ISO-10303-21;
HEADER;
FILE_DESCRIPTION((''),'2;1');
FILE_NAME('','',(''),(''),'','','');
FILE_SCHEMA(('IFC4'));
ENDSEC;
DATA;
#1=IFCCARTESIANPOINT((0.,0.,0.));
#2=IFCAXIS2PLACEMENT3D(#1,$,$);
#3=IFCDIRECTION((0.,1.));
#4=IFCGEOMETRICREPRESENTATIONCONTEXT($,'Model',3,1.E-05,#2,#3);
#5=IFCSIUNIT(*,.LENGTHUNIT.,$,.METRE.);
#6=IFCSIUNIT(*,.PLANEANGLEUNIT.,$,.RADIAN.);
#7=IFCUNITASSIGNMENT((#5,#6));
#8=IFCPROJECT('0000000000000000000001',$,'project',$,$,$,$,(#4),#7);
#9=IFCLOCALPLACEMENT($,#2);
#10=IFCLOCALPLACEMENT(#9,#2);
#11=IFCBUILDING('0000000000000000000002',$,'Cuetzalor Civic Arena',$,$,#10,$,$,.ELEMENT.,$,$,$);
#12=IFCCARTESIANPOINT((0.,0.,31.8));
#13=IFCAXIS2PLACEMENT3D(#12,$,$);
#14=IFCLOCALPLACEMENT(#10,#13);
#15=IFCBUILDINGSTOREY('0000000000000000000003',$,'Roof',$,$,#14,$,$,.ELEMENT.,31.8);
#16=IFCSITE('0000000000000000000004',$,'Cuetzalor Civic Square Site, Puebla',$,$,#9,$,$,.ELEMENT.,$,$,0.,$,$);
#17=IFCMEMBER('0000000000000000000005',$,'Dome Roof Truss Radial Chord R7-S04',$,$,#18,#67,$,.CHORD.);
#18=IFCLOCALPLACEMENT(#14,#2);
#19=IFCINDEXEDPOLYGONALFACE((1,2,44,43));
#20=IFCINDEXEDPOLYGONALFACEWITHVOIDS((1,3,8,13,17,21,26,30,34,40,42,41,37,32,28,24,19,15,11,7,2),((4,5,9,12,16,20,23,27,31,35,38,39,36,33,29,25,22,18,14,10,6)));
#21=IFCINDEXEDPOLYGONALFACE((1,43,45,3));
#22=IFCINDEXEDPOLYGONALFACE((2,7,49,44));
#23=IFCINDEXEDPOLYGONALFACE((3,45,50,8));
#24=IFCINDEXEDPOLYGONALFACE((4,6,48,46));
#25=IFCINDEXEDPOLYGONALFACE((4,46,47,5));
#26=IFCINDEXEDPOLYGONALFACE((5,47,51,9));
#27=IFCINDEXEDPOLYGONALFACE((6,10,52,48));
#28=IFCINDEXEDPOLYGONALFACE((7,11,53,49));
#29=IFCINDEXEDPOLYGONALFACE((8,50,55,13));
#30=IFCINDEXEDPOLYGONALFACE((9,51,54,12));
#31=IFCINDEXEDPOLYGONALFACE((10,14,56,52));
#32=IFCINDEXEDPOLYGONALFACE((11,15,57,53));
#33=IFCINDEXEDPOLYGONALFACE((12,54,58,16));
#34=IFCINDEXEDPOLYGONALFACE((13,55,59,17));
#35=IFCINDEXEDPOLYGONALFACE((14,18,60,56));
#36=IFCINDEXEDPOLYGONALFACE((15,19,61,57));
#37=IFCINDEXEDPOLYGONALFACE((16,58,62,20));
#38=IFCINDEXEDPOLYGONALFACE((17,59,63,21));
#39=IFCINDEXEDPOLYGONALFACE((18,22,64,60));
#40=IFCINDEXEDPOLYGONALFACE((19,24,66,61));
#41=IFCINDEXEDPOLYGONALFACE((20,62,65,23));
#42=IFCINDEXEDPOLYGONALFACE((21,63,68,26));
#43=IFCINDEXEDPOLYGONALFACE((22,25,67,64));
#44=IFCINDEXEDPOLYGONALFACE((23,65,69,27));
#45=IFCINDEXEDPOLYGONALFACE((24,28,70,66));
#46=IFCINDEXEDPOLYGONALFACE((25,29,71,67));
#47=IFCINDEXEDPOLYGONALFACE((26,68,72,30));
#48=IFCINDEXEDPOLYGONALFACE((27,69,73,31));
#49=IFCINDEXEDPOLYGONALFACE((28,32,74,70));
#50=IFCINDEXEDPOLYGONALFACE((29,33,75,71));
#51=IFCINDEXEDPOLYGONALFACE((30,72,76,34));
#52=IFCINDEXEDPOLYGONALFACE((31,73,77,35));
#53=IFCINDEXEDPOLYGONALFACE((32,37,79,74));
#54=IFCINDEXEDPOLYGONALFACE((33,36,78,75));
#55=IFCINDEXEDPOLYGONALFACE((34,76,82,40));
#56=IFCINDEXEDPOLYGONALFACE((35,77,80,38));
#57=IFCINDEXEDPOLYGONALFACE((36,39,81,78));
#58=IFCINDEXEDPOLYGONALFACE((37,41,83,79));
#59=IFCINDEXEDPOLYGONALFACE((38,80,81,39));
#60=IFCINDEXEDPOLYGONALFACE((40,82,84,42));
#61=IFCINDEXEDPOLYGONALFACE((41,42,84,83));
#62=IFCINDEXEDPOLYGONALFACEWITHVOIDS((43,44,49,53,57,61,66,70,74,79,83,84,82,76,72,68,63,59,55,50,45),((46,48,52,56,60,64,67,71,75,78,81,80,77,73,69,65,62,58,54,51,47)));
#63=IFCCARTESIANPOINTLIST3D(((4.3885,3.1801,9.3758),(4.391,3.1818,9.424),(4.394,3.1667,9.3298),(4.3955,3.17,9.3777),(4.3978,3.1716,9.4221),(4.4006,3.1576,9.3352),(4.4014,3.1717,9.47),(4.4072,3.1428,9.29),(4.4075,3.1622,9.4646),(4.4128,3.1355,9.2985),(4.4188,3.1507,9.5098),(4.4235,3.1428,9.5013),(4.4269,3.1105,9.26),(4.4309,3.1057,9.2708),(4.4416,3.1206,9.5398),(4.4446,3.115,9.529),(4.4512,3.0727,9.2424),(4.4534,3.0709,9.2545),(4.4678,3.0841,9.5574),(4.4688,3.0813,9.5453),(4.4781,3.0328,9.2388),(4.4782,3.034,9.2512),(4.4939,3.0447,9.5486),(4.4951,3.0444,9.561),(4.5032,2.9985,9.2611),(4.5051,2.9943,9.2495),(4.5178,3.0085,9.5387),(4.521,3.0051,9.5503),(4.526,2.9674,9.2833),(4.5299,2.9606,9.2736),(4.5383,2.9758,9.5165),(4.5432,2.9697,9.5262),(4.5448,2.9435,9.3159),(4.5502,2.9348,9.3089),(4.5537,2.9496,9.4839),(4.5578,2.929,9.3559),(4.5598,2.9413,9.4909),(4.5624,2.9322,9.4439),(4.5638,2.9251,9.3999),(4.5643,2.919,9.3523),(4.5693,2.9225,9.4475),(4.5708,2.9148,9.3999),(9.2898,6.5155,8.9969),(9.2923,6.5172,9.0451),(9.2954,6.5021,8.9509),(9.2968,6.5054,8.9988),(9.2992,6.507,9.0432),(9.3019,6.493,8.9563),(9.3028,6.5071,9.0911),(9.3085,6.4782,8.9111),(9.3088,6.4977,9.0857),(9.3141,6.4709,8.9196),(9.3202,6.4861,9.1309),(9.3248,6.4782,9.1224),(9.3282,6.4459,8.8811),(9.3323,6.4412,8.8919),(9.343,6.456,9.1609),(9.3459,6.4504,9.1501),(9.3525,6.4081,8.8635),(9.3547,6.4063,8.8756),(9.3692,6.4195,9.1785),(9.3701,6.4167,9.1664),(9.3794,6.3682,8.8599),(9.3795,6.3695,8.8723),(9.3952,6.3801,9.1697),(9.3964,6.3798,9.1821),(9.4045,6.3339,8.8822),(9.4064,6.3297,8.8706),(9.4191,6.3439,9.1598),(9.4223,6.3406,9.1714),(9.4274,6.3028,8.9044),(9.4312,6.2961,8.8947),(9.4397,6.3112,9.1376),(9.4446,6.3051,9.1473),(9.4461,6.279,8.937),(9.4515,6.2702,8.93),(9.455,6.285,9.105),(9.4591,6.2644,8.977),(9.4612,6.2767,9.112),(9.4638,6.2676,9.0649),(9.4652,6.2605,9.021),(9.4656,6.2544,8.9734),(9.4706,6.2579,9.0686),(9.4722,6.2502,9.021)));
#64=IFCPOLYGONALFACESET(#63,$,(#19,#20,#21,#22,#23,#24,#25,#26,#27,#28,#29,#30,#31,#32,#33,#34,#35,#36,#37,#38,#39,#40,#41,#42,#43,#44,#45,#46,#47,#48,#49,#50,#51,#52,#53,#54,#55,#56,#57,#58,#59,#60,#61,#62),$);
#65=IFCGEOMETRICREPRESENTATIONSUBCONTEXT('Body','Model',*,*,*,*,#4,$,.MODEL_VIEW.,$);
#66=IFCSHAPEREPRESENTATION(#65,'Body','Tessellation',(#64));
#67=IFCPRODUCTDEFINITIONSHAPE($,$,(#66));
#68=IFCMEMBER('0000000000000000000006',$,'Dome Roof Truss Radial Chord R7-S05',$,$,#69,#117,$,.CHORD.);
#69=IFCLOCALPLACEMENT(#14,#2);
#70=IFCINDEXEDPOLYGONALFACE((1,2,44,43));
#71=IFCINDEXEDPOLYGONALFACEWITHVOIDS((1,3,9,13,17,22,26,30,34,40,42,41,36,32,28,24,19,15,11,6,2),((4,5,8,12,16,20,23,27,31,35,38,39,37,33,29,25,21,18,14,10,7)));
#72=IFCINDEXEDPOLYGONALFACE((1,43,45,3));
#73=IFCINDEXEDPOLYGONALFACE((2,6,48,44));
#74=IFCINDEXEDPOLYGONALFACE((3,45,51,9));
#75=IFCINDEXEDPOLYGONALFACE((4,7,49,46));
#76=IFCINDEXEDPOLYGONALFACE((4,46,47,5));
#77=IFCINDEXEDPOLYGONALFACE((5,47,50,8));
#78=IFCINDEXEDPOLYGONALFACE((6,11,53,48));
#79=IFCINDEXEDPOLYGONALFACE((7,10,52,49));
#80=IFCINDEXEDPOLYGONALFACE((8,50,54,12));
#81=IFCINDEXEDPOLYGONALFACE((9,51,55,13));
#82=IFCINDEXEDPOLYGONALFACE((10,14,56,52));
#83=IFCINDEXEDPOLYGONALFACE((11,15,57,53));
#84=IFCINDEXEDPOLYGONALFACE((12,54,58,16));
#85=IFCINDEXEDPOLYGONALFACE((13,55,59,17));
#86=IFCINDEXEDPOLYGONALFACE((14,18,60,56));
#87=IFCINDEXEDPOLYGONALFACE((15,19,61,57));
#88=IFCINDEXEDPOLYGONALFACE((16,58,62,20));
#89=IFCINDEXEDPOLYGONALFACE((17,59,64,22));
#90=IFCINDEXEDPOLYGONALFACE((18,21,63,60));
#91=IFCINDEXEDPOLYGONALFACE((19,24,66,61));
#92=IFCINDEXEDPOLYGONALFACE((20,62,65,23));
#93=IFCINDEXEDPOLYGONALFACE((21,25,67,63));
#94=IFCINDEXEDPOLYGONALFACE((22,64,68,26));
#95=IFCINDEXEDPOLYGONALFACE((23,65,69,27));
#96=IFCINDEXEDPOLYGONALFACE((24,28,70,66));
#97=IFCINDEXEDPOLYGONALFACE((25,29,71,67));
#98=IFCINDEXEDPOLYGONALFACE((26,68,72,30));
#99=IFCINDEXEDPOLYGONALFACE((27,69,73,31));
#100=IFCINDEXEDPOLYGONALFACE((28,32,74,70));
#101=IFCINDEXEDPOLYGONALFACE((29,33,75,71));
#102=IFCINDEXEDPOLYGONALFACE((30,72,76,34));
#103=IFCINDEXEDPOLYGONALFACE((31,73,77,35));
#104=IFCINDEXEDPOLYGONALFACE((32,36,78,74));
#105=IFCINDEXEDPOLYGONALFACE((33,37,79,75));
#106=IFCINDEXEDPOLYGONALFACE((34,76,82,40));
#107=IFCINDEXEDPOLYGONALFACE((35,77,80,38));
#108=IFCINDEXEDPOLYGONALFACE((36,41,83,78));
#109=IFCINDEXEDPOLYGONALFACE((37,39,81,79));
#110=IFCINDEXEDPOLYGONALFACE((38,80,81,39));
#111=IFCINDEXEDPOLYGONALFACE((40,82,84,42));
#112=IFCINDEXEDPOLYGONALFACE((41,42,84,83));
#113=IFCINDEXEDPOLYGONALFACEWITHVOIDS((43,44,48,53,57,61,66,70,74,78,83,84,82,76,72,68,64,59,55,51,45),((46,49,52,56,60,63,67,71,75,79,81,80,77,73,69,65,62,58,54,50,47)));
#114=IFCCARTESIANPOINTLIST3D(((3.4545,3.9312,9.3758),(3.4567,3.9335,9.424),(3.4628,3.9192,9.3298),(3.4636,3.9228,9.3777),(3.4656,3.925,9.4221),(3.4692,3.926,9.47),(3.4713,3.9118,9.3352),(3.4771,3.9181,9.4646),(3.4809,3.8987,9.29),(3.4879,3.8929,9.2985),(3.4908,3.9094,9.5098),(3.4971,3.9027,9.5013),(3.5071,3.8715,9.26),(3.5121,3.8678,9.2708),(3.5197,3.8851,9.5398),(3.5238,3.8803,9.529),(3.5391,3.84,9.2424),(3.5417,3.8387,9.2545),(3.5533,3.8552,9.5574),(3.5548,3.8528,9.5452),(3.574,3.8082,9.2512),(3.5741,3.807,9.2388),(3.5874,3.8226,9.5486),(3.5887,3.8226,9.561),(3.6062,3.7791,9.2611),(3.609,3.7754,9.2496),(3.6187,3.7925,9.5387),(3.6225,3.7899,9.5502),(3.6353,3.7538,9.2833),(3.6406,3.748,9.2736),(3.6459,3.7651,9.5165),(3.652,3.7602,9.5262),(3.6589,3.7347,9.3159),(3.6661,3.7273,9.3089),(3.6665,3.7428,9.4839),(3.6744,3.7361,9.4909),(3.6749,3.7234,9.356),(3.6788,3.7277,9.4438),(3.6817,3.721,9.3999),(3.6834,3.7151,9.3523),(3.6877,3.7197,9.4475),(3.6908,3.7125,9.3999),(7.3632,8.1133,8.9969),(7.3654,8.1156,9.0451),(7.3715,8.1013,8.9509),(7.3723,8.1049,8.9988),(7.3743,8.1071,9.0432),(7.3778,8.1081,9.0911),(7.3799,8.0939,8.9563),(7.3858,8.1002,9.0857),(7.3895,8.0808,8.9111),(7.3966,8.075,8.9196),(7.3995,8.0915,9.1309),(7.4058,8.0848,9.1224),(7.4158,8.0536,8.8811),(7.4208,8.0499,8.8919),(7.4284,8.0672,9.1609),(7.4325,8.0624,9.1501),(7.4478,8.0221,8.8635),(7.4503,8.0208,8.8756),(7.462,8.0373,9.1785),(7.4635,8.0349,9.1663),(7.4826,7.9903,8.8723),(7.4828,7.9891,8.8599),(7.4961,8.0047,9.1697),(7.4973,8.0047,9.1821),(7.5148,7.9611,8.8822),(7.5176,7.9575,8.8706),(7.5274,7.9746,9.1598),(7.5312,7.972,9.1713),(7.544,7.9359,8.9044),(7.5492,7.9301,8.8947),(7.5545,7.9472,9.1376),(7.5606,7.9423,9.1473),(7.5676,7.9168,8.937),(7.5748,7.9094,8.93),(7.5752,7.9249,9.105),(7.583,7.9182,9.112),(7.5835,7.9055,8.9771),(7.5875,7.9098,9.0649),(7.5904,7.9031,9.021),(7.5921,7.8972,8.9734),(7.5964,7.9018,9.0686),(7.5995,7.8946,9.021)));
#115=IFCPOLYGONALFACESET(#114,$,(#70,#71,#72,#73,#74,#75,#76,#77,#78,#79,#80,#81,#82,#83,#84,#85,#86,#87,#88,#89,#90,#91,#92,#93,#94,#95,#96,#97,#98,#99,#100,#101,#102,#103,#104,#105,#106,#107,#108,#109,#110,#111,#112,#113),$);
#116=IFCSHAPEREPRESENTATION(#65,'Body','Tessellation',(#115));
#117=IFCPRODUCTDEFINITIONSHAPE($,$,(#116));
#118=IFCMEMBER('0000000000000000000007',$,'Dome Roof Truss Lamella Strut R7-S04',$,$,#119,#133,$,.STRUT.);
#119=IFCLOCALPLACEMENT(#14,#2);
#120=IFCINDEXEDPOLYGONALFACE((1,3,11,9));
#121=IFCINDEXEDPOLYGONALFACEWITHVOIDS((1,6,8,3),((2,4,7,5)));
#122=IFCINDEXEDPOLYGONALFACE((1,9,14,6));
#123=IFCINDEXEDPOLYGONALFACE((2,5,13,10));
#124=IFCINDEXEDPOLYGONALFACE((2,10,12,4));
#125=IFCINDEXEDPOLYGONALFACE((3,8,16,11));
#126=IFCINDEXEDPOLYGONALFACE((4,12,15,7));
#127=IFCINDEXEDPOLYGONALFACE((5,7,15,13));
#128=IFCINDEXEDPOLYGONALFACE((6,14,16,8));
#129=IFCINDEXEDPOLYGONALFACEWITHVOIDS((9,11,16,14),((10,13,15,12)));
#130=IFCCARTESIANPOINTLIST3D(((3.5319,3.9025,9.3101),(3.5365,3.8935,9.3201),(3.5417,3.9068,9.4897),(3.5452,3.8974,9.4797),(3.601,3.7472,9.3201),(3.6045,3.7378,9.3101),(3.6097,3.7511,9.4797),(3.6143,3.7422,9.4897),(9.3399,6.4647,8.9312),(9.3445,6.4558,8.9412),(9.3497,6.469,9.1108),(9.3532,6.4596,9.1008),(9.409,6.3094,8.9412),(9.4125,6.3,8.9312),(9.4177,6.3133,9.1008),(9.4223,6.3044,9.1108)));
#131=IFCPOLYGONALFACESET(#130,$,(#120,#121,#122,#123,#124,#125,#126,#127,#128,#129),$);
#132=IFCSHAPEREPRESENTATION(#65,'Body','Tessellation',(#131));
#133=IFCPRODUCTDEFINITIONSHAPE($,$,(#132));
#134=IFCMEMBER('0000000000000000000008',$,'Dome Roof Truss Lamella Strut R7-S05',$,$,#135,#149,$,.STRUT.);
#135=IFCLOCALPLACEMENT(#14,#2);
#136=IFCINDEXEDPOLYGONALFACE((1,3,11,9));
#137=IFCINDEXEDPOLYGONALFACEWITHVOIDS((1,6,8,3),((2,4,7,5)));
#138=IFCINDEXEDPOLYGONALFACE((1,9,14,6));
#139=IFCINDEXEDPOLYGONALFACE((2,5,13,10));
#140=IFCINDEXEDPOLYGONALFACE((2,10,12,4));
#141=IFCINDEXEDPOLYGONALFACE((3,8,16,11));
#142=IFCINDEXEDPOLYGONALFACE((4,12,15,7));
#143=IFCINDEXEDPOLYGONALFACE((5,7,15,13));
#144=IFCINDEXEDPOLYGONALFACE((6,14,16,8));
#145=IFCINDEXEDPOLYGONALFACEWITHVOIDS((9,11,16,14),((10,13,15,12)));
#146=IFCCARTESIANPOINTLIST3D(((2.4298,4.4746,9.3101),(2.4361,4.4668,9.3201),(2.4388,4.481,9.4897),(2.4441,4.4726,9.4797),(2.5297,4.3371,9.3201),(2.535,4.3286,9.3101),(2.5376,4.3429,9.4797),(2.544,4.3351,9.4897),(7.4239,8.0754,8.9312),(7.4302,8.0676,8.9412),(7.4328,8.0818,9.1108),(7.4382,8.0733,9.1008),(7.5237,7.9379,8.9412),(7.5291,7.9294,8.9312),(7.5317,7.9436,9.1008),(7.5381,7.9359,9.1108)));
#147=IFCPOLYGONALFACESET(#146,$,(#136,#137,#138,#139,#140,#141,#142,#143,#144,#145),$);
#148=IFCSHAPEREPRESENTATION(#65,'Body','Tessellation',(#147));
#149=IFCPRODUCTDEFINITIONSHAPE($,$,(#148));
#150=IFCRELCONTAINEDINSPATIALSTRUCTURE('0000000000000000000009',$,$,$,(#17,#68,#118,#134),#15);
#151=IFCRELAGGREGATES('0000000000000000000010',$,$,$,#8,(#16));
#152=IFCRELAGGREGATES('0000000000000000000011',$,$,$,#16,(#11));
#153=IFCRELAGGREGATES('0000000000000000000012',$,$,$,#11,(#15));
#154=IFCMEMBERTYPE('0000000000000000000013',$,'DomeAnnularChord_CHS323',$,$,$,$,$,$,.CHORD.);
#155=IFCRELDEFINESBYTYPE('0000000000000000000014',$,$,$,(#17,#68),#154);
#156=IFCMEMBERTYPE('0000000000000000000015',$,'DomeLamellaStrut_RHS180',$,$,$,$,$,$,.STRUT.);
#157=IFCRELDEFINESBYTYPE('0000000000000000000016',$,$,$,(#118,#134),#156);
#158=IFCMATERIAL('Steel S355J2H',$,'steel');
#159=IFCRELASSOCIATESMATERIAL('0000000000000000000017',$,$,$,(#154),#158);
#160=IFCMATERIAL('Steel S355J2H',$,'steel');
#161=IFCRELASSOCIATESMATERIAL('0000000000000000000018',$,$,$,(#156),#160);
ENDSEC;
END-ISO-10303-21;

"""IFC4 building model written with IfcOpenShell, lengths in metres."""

from ifc_helpers import new_model, si_unit, direction, frame, origin, origin_2d, place, context, subcontext, project, spatial, hollow_rectangle, hollow_circle, extrude, material, material_profile, profile_set, type_object, element, save


model = new_model("IFC4")

# Units and contexts
model_context = context("Model", 3, precision=1e-05, world=origin(), true_north=direction((0.0, 1.0)))
body_context = subcontext(model_context, "Body", "Model", "MODEL_VIEW")
ifc_project = project(units=[si_unit("LENGTHUNIT", "METRE"), si_unit("PLANEANGLEUNIT", "RADIAN")], contexts=[model_context])

# Site, building, storey
site_placement = place(None, origin())
site = spatial("IfcSite", under=ifc_project, at=site_placement, Name="Cuetzalor Civic Square Site, Puebla", CompositionType="ELEMENT", RefElevation=0.0)
building_placement = place(site_placement, origin())
building = spatial("IfcBuilding", under=site, at=building_placement, Name="Cuetzalor Civic Arena", CompositionType="ELEMENT")
storey_placement = place(building_placement, frame((0.0, 0.0, 31.8)))
storey = spatial("IfcBuildingStorey", under=building, at=storey_placement, Name="Roof", CompositionType="ELEMENT", Elevation=31.8)

# Members
ifc_material_1 = material(Name="Steel S355J2H", Category="steel")
ifc_material_profile_1 = material_profile(ifc_material_1, hollow_circle(Radius=0.1619, WallThickness=0.0125, at=origin_2d()), Name="CHS 323.9x12.5")
ifc_profile_set_1 = profile_set([ifc_material_profile_1], Name="Steel S355J2H")
member_type_1 = type_object("IfcMemberType", Name="DomeAnnularChord_CHS323", PredefinedType="CHORD", material=ifc_profile_set_1)
member_1_placement = place(storey_placement, frame((9.3811, 6.384, 9.021), z_axis=(-0.825046, -0.561455, 0.063781), x_axis=(0.562601, -0.826729, 0.0)))
element("IfcMember", 1, at=member_1_placement, inside=storey, type_object=member_type_1, Name="Dome Roof Truss Radial Chord R7-S04", PredefinedType="CHORD", context=body_context, shape_type="SweptSolid", body=[
    extrude(hollow_circle(Radius=0.1619, WallThickness=0.0125, at=origin_2d()), origin(), (0.0, 0.0, 1.0), 5.9407),
])
member_2_placement = place(storey_placement, frame((7.4812, 8.0051, 9.021), z_axis=(-0.681329, -0.728992, 0.066048), x_axis=(0.730587, -0.68282, 0.0)))
element("IfcMember", 2, at=member_2_placement, inside=storey, type_object=member_type_1, Name="Dome Roof Truss Radial Chord R7-S05", PredefinedType="CHORD", context=body_context, shape_type="SweptSolid", body=[
    extrude(hollow_circle(Radius=0.1619, WallThickness=0.0125, at=origin_2d()), origin(), (0.0, 0.0, 1.0), 5.7368),
])
ifc_material_2 = material(Name="Steel S355J2H", Category="steel")
ifc_material_profile_2 = material_profile(ifc_material_2, hollow_rectangle(XDim=0.1799, YDim=0.1799, WallThickness=0.01, at=origin_2d()), Name="RHS 180x180x10")
ifc_profile_set_2 = profile_set([ifc_material_profile_2], Name="Steel S355J2H")
member_type_2 = type_object("IfcMemberType", Name="DomeLamellaStrut_RHS180", PredefinedType="STRUT", material=ifc_profile_set_2)
member_3_placement = place(storey_placement, frame((9.3811, 6.3845, 9.021), z_axis=(-0.913301, -0.402904, 0.059581), x_axis=(0.403621, -0.914926, 0.0)))
element("IfcMember", 3, at=member_3_placement, inside=storey, type_object=member_type_2, Name="Dome Roof Truss Lamella Strut R7-S04", PredefinedType="STRUT", context=body_context, shape_type="SweptSolid", body=[
    extrude(hollow_rectangle(XDim=0.1799, YDim=0.1799, WallThickness=0.01, at=origin_2d()), origin(), (0.0, 0.0, 1.0), 6.3594),
])
member_4_placement = place(storey_placement, frame((7.481, 8.0056, 9.021), z_axis=(-0.809614, -0.58374, 0.061426), x_axis=(0.584845, -0.811145, 0.0)))
element("IfcMember", 4, at=member_4_placement, inside=storey, type_object=member_type_2, Name="Dome Roof Truss Lamella Strut R7-S05", PredefinedType="STRUT", context=body_context, shape_type="SweptSolid", body=[
    extrude(hollow_rectangle(XDim=0.1799, YDim=0.1799, WallThickness=0.01, at=origin_2d()), origin(), (0.0, 0.0, 1.0), 6.1685),
])

save(model, "model.ifc")
